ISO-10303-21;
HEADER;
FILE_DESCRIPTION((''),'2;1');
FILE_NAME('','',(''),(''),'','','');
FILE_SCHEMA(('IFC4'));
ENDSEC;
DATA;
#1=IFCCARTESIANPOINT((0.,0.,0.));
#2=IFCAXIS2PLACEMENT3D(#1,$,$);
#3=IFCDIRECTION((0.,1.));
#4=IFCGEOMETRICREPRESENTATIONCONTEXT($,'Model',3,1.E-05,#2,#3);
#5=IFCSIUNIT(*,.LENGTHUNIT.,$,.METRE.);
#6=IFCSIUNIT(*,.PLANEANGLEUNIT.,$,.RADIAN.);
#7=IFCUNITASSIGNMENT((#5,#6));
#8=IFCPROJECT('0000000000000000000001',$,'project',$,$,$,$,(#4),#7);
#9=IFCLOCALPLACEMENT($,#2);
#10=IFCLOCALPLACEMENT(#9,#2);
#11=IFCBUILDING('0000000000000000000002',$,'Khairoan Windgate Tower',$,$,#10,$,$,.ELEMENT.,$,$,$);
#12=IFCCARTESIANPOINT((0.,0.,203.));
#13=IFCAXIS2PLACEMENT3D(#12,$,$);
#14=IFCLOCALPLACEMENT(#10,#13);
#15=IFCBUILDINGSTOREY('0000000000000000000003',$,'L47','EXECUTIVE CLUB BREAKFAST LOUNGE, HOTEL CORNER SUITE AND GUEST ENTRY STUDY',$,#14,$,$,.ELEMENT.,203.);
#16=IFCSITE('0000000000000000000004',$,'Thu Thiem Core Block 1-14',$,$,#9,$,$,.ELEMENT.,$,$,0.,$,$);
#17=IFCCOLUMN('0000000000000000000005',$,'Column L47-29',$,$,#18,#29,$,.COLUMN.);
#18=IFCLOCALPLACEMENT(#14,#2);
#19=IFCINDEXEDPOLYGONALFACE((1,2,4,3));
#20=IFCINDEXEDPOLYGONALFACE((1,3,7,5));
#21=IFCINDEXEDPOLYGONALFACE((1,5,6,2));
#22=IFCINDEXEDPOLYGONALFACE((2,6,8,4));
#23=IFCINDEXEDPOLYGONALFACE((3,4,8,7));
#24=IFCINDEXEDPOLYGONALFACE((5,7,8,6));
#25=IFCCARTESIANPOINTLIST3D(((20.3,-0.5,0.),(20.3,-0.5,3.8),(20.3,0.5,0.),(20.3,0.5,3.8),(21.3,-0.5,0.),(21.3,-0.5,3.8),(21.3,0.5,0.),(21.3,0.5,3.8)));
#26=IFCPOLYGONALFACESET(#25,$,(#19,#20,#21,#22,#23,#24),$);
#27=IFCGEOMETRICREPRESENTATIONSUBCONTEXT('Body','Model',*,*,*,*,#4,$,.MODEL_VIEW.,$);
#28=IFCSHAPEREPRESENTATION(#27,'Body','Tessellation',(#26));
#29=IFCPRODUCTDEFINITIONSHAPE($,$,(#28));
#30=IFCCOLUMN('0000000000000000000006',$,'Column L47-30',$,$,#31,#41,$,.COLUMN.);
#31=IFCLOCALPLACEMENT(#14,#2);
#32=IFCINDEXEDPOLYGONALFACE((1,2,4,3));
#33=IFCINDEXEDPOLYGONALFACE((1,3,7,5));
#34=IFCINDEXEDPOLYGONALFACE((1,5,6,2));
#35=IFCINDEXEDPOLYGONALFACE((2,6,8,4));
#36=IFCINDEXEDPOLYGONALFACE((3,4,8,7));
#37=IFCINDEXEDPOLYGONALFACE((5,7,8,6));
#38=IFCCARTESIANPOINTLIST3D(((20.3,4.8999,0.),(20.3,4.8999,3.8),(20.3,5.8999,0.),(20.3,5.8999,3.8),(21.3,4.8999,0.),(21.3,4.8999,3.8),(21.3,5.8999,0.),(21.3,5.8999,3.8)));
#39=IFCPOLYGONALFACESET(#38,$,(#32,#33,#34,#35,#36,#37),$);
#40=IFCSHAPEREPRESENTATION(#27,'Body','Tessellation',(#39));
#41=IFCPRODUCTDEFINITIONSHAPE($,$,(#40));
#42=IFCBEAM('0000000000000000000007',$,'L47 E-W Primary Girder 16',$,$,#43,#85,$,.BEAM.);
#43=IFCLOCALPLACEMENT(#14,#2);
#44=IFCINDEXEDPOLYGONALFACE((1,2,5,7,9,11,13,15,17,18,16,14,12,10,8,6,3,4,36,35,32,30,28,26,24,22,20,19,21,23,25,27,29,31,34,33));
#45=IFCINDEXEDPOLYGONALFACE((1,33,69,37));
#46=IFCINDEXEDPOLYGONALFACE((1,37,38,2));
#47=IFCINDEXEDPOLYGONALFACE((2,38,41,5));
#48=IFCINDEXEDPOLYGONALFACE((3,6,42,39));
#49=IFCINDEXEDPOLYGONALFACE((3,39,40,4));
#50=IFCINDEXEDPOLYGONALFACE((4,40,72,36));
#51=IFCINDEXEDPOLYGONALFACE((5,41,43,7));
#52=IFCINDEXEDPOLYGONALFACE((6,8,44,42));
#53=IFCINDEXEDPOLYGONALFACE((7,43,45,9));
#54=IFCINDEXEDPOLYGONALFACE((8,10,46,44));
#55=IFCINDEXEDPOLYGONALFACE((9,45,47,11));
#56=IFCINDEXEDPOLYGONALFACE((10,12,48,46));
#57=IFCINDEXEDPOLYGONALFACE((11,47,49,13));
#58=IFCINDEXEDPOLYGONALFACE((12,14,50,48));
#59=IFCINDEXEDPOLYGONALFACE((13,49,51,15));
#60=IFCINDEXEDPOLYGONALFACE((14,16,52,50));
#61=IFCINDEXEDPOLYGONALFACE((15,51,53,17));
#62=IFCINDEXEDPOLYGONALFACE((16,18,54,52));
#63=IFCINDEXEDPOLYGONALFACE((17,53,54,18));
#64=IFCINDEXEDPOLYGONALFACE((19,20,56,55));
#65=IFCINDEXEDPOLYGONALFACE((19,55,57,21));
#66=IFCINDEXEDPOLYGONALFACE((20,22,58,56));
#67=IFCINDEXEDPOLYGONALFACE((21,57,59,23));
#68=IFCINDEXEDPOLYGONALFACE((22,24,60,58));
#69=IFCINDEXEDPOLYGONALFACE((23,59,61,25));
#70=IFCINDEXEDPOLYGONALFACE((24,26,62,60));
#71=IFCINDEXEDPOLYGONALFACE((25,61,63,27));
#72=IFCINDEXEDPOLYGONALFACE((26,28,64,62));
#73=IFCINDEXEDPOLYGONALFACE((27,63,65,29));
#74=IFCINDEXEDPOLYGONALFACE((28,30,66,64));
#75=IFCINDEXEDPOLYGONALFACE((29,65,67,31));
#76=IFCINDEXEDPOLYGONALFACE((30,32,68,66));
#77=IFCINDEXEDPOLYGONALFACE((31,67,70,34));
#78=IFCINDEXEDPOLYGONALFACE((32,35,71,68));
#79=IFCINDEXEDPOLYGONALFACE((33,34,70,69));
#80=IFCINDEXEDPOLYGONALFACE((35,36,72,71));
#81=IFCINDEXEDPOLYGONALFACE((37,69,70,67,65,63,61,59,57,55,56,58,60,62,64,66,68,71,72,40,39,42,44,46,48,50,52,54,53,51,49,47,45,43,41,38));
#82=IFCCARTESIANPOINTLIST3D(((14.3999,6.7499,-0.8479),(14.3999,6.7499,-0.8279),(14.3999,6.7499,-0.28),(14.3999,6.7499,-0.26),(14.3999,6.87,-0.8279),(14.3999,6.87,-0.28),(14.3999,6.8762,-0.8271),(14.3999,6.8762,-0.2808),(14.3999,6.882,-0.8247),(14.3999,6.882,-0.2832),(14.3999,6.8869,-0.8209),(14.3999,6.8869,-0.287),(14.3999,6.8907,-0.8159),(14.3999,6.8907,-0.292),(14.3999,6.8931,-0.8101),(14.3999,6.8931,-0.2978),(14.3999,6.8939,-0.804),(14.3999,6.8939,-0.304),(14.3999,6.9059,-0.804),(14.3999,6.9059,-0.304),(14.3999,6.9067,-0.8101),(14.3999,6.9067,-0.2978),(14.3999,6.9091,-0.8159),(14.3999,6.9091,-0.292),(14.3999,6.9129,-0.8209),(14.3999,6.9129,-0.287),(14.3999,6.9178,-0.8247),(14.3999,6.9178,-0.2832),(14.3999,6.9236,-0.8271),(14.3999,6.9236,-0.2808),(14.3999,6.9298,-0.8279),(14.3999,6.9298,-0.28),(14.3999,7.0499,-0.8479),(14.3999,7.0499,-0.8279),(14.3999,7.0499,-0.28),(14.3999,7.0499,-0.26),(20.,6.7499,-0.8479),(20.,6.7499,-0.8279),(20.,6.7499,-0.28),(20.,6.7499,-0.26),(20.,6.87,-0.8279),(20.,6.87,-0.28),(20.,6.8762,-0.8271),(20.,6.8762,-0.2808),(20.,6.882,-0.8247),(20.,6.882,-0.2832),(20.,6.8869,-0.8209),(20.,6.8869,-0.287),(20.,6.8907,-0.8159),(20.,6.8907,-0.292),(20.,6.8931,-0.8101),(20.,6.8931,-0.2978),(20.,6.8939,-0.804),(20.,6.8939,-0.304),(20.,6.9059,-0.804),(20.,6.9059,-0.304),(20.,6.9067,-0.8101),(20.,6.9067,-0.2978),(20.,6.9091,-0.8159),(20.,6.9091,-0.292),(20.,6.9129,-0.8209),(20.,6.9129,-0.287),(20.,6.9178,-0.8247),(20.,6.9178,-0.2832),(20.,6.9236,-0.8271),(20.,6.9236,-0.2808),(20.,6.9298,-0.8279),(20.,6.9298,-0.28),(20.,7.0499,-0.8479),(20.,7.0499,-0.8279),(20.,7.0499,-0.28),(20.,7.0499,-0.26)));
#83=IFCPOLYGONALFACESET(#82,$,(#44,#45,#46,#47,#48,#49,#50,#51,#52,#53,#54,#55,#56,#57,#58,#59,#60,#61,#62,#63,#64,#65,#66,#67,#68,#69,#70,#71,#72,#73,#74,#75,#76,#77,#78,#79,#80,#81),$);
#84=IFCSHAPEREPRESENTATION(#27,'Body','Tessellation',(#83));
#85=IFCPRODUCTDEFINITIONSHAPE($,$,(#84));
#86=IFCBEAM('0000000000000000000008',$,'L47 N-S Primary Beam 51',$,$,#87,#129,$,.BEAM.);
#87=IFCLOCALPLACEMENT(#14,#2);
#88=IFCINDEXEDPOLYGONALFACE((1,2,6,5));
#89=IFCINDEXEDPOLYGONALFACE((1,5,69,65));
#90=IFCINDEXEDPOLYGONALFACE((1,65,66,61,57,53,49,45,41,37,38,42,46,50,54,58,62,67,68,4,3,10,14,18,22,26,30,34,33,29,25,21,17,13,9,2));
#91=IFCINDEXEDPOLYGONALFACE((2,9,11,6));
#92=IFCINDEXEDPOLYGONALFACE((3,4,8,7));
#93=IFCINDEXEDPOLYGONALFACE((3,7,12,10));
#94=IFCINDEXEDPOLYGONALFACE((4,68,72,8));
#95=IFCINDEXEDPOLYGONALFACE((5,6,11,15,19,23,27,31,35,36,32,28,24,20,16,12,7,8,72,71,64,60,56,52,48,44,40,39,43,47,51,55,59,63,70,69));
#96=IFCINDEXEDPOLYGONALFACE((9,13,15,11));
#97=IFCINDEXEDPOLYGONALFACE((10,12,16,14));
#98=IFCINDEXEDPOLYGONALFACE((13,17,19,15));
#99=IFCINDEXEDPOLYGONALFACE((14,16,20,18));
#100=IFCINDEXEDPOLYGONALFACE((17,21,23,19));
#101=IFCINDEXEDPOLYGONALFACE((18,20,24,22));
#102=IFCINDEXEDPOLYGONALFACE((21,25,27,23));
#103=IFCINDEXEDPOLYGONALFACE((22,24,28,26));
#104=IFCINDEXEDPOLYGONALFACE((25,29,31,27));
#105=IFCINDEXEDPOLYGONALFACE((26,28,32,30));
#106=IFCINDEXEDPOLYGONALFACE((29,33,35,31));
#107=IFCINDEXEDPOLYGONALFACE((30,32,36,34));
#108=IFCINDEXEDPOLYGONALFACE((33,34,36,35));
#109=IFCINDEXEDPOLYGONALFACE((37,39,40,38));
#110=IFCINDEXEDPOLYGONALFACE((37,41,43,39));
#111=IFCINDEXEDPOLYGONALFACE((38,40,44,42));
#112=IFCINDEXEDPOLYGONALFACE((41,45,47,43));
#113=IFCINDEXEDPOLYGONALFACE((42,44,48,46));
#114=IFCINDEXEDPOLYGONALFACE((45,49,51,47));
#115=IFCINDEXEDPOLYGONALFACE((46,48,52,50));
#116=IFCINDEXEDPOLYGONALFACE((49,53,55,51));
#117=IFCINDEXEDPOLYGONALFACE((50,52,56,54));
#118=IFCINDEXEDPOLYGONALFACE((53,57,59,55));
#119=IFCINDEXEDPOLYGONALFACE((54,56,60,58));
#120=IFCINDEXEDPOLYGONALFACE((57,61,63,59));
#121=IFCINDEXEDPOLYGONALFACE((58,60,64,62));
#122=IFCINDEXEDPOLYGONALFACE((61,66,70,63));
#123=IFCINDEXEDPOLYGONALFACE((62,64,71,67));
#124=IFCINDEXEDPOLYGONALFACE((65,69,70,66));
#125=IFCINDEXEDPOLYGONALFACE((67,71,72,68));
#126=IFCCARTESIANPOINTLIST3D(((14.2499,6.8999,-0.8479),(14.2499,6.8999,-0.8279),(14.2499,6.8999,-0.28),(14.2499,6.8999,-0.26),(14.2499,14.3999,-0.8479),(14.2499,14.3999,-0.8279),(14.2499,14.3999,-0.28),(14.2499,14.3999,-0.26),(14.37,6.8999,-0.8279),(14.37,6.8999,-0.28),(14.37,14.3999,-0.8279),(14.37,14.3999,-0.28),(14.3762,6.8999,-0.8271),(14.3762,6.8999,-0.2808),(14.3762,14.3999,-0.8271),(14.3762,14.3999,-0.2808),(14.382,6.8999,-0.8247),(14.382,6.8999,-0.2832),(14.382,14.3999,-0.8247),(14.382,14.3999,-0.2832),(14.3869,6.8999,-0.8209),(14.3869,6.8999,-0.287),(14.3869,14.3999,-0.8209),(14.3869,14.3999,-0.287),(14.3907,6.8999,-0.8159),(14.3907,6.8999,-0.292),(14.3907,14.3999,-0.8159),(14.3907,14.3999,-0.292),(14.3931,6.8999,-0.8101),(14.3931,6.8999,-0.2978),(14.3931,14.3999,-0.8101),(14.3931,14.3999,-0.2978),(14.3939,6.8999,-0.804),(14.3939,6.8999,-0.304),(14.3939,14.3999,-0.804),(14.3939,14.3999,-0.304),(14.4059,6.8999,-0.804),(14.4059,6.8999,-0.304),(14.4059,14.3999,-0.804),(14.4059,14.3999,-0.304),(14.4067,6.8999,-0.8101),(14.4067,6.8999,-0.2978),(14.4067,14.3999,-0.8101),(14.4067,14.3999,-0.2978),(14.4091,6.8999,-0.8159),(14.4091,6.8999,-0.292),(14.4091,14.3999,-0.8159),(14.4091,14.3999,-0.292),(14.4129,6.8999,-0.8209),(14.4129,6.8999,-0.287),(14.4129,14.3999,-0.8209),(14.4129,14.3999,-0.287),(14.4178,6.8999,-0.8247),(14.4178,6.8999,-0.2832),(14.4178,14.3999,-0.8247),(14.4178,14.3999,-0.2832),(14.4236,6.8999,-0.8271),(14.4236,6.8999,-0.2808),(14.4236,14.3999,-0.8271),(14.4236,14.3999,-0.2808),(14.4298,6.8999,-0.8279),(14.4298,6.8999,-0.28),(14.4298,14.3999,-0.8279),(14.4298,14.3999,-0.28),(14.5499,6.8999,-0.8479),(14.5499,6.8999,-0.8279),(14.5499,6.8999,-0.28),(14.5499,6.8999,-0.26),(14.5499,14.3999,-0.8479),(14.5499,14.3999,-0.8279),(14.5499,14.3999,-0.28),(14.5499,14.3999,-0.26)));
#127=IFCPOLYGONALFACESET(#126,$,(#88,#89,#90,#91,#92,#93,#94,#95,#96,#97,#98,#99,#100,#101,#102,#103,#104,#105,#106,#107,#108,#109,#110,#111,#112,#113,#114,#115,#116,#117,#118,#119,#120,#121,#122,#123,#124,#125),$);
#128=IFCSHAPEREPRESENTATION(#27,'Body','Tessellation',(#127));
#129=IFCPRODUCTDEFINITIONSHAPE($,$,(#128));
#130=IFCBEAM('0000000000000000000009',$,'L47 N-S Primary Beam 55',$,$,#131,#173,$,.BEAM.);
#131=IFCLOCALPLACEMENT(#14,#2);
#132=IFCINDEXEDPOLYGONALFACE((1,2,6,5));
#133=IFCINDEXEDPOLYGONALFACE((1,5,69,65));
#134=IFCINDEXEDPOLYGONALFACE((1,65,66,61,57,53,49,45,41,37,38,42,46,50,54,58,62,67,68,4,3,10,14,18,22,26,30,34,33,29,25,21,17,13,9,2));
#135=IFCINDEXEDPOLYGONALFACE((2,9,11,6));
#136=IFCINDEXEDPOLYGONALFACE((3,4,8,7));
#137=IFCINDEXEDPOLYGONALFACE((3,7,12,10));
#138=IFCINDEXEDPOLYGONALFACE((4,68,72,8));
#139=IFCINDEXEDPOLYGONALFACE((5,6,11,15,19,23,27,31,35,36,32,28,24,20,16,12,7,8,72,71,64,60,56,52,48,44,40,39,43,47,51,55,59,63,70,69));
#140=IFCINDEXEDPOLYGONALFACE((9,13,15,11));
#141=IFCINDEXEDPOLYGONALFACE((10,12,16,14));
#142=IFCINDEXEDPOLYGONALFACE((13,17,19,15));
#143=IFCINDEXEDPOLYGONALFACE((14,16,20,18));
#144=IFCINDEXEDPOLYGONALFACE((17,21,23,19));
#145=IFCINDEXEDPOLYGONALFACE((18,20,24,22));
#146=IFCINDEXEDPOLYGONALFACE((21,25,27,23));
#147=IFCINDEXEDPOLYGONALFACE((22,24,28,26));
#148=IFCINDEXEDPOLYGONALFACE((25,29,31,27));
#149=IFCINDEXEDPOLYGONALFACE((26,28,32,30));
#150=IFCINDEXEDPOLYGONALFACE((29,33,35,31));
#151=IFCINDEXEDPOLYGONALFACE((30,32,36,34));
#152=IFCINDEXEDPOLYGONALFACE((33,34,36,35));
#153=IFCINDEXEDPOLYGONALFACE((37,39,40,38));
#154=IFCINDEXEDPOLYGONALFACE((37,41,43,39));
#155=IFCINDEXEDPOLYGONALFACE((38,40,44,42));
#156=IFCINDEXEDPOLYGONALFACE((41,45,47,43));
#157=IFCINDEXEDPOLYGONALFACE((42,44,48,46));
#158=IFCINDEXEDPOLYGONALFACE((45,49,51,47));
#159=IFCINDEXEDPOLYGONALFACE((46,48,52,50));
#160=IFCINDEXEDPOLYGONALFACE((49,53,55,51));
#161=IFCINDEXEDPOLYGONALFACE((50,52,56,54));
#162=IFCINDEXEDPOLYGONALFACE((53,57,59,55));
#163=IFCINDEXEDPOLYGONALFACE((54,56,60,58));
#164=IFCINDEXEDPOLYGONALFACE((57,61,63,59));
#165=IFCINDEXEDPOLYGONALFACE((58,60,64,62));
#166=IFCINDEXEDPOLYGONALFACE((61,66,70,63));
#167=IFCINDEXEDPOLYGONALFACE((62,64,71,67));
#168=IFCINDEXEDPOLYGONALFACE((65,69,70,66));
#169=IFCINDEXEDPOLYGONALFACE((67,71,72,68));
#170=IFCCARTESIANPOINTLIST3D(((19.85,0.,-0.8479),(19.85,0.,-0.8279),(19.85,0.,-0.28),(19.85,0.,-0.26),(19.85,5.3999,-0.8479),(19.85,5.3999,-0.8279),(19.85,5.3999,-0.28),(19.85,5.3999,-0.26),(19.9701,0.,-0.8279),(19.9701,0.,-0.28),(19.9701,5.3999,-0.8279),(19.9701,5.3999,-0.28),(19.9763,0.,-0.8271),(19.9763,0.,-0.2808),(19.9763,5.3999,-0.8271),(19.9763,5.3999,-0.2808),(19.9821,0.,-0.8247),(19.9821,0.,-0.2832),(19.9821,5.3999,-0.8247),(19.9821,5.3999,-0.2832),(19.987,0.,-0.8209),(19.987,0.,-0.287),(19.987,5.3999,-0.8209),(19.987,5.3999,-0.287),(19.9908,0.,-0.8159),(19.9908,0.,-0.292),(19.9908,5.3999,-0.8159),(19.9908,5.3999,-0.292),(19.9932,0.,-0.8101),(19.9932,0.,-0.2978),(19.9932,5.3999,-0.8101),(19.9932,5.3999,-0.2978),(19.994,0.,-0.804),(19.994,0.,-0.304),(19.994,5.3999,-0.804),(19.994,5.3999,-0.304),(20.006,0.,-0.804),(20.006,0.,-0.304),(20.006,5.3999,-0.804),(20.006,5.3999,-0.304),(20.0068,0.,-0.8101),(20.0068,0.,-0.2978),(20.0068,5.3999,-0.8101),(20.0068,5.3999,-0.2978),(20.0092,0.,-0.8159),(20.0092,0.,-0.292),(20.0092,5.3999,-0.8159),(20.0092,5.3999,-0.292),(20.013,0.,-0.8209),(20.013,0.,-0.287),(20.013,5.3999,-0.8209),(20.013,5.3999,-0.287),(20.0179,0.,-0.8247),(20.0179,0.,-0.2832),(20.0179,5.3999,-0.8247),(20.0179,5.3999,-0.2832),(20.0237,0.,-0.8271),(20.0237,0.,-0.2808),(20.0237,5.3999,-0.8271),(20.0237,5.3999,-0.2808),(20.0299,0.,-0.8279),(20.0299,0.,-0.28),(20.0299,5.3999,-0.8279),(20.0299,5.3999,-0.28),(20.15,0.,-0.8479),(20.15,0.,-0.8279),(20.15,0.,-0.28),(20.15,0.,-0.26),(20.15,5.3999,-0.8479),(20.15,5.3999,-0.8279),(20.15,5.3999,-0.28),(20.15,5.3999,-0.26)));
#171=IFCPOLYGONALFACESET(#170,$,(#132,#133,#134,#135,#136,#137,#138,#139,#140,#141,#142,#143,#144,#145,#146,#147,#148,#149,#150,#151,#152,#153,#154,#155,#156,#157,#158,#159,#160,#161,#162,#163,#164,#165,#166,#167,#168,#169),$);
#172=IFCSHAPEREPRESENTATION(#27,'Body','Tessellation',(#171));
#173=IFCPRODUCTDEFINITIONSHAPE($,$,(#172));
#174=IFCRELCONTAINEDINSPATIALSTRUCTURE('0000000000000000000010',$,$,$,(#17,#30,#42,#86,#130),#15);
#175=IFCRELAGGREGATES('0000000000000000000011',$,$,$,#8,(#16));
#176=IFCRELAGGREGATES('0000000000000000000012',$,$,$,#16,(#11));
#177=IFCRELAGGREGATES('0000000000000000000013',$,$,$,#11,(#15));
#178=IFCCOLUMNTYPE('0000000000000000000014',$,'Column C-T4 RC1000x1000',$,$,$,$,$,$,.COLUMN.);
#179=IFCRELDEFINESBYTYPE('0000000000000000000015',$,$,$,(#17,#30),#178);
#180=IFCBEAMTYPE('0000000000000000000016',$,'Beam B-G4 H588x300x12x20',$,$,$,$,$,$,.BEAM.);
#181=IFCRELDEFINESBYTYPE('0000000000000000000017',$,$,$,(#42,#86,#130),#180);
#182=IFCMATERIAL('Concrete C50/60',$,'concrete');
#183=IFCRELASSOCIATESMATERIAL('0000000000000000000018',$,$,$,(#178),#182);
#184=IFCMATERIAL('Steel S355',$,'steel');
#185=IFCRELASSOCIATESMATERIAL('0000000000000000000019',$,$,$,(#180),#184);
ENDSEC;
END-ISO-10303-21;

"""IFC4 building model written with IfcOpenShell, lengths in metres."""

from ifc_helpers import new_model, si_unit, direction, frame, origin, origin_2d, place, context, subcontext, project, spatial, rectangle, i_section, extrude, material, material_profile, profile_set, type_object, element, save


model = new_model("IFC4")

# Units and contexts
model_context = context("Model", 3, precision=1e-05, world=origin(), true_north=direction((0.0, 1.0)))
body_context = subcontext(model_context, "Body", "Model", "MODEL_VIEW")
ifc_project = project(units=[si_unit("LENGTHUNIT", "METRE"), si_unit("PLANEANGLEUNIT", "RADIAN")], contexts=[model_context])

# Site, building, storey
site_placement = place(None, origin())
site = spatial("IfcSite", under=ifc_project, at=site_placement, Name="Thu Thiem Core Block 1-14", CompositionType="ELEMENT", RefElevation=0.0)
building_placement = place(site_placement, origin())
building = spatial("IfcBuilding", under=site, at=building_placement, Name="Khairoan Windgate Tower", CompositionType="ELEMENT")
storey_placement = place(building_placement, frame((0.0, 0.0, 203.0)))
storey = spatial("IfcBuildingStorey", under=building, at=storey_placement, Name="L47", Description="EXECUTIVE CLUB BREAKFAST LOUNGE, HOTEL CORNER SUITE AND GUEST ENTRY STUDY", CompositionType="ELEMENT", Elevation=203.0)

# Columns
ifc_material_1 = material(Name="Concrete C50/60", Category="concrete")
ifc_material_profile_1 = material_profile(ifc_material_1, rectangle(XDim=1.0, YDim=1.0, at=origin_2d()))
ifc_profile_set_1 = profile_set([ifc_material_profile_1], Name="Concrete C50/60")
column_type = type_object("IfcColumnType", Name="Column C-T4 RC1000x1000", PredefinedType="COLUMN", material=ifc_profile_set_1)
for number, where, z_axis, x_axis, name in (
    (1, (20.8, 0.0, 0.0), (0.0, 0.0, 1.0), (1.0, 0.0, 0.0), "Column L47-29"),
    (2, (20.8, 5.3999, 0.0), (0.0, 0.0, 1.0), (1.0, 0.0, 0.0), "Column L47-30"),
):
    element("IfcColumn", number, at=place(storey_placement, frame(where, z_axis=z_axis, x_axis=x_axis)), inside=storey, type_object=column_type, Name=name, PredefinedType="COLUMN", context=body_context, shape_type="SweptSolid", body=[
        extrude(rectangle(XDim=1.0, YDim=1.0, at=origin_2d()), origin(), (0.0, 0.0, 1.0), 3.8),
    ])

# Beams
ifc_material_2 = material(Name="Steel S355", Category="steel")
ifc_material_profile_2 = material_profile(ifc_material_2, i_section(OverallWidth=0.3, OverallDepth=0.5879, WebThickness=0.012, FlangeThickness=0.02, FilletRadius=0.0239, at=origin_2d()))
ifc_profile_set_2 = profile_set([ifc_material_profile_2], Name="Steel S355")
beam_type_1 = type_object("IfcBeamType", Name="Beam B-G4 H588x300x12x20", PredefinedType="BEAM", material=ifc_profile_set_2)
beam_1_placement = place(storey_placement, frame((14.3999, 6.8999, -0.554), z_axis=(1.0, 0.0, 0.0), x_axis=(0.0, 1.0, 0.0)))
element("IfcBeam", 3, at=beam_1_placement, inside=storey, type_object=beam_type_1, Name="L47 E-W Primary Girder 16", PredefinedType="BEAM", context=body_context, shape_type="SweptSolid", body=[
    extrude(i_section(OverallWidth=0.3, OverallDepth=0.5879, WebThickness=0.012, FlangeThickness=0.02, FilletRadius=0.0239, at=origin_2d()), origin(), (0.0, 0.0, 1.0), 5.6001),
])
beam_2_placement = place(storey_placement, frame((14.3999, 6.8999, -0.554), z_axis=(0.0, 1.0, 0.0), x_axis=(-1.0, 0.0, 0.0)))
element("IfcBeam", 4, at=beam_2_placement, inside=storey, type_object=beam_type_1, Name="L47 N-S Primary Beam 51", PredefinedType="BEAM", context=body_context, shape_type="SweptSolid", body=[
    extrude(i_section(OverallWidth=0.3, OverallDepth=0.5879, WebThickness=0.012, FlangeThickness=0.02, FilletRadius=0.0239, at=origin_2d()), origin(), (0.0, 0.0, 1.0), 7.5),
])
beam_3_placement = place(storey_placement, frame((20.0, 0.0, -0.554), z_axis=(0.0, 1.0, 0.0), x_axis=(-1.0, 0.0, 0.0)))
element("IfcBeam", 5, at=beam_3_placement, inside=storey, type_object=beam_type_1, Name="L47 N-S Primary Beam 55", PredefinedType="BEAM", context=body_context, shape_type="SweptSolid", body=[
    extrude(i_section(OverallWidth=0.3, OverallDepth=0.5879, WebThickness=0.012, FlangeThickness=0.02, FilletRadius=0.0239, at=origin_2d()), origin(), (0.0, 0.0, 1.0), 5.3999),
])

save(model, "model.ifc")
